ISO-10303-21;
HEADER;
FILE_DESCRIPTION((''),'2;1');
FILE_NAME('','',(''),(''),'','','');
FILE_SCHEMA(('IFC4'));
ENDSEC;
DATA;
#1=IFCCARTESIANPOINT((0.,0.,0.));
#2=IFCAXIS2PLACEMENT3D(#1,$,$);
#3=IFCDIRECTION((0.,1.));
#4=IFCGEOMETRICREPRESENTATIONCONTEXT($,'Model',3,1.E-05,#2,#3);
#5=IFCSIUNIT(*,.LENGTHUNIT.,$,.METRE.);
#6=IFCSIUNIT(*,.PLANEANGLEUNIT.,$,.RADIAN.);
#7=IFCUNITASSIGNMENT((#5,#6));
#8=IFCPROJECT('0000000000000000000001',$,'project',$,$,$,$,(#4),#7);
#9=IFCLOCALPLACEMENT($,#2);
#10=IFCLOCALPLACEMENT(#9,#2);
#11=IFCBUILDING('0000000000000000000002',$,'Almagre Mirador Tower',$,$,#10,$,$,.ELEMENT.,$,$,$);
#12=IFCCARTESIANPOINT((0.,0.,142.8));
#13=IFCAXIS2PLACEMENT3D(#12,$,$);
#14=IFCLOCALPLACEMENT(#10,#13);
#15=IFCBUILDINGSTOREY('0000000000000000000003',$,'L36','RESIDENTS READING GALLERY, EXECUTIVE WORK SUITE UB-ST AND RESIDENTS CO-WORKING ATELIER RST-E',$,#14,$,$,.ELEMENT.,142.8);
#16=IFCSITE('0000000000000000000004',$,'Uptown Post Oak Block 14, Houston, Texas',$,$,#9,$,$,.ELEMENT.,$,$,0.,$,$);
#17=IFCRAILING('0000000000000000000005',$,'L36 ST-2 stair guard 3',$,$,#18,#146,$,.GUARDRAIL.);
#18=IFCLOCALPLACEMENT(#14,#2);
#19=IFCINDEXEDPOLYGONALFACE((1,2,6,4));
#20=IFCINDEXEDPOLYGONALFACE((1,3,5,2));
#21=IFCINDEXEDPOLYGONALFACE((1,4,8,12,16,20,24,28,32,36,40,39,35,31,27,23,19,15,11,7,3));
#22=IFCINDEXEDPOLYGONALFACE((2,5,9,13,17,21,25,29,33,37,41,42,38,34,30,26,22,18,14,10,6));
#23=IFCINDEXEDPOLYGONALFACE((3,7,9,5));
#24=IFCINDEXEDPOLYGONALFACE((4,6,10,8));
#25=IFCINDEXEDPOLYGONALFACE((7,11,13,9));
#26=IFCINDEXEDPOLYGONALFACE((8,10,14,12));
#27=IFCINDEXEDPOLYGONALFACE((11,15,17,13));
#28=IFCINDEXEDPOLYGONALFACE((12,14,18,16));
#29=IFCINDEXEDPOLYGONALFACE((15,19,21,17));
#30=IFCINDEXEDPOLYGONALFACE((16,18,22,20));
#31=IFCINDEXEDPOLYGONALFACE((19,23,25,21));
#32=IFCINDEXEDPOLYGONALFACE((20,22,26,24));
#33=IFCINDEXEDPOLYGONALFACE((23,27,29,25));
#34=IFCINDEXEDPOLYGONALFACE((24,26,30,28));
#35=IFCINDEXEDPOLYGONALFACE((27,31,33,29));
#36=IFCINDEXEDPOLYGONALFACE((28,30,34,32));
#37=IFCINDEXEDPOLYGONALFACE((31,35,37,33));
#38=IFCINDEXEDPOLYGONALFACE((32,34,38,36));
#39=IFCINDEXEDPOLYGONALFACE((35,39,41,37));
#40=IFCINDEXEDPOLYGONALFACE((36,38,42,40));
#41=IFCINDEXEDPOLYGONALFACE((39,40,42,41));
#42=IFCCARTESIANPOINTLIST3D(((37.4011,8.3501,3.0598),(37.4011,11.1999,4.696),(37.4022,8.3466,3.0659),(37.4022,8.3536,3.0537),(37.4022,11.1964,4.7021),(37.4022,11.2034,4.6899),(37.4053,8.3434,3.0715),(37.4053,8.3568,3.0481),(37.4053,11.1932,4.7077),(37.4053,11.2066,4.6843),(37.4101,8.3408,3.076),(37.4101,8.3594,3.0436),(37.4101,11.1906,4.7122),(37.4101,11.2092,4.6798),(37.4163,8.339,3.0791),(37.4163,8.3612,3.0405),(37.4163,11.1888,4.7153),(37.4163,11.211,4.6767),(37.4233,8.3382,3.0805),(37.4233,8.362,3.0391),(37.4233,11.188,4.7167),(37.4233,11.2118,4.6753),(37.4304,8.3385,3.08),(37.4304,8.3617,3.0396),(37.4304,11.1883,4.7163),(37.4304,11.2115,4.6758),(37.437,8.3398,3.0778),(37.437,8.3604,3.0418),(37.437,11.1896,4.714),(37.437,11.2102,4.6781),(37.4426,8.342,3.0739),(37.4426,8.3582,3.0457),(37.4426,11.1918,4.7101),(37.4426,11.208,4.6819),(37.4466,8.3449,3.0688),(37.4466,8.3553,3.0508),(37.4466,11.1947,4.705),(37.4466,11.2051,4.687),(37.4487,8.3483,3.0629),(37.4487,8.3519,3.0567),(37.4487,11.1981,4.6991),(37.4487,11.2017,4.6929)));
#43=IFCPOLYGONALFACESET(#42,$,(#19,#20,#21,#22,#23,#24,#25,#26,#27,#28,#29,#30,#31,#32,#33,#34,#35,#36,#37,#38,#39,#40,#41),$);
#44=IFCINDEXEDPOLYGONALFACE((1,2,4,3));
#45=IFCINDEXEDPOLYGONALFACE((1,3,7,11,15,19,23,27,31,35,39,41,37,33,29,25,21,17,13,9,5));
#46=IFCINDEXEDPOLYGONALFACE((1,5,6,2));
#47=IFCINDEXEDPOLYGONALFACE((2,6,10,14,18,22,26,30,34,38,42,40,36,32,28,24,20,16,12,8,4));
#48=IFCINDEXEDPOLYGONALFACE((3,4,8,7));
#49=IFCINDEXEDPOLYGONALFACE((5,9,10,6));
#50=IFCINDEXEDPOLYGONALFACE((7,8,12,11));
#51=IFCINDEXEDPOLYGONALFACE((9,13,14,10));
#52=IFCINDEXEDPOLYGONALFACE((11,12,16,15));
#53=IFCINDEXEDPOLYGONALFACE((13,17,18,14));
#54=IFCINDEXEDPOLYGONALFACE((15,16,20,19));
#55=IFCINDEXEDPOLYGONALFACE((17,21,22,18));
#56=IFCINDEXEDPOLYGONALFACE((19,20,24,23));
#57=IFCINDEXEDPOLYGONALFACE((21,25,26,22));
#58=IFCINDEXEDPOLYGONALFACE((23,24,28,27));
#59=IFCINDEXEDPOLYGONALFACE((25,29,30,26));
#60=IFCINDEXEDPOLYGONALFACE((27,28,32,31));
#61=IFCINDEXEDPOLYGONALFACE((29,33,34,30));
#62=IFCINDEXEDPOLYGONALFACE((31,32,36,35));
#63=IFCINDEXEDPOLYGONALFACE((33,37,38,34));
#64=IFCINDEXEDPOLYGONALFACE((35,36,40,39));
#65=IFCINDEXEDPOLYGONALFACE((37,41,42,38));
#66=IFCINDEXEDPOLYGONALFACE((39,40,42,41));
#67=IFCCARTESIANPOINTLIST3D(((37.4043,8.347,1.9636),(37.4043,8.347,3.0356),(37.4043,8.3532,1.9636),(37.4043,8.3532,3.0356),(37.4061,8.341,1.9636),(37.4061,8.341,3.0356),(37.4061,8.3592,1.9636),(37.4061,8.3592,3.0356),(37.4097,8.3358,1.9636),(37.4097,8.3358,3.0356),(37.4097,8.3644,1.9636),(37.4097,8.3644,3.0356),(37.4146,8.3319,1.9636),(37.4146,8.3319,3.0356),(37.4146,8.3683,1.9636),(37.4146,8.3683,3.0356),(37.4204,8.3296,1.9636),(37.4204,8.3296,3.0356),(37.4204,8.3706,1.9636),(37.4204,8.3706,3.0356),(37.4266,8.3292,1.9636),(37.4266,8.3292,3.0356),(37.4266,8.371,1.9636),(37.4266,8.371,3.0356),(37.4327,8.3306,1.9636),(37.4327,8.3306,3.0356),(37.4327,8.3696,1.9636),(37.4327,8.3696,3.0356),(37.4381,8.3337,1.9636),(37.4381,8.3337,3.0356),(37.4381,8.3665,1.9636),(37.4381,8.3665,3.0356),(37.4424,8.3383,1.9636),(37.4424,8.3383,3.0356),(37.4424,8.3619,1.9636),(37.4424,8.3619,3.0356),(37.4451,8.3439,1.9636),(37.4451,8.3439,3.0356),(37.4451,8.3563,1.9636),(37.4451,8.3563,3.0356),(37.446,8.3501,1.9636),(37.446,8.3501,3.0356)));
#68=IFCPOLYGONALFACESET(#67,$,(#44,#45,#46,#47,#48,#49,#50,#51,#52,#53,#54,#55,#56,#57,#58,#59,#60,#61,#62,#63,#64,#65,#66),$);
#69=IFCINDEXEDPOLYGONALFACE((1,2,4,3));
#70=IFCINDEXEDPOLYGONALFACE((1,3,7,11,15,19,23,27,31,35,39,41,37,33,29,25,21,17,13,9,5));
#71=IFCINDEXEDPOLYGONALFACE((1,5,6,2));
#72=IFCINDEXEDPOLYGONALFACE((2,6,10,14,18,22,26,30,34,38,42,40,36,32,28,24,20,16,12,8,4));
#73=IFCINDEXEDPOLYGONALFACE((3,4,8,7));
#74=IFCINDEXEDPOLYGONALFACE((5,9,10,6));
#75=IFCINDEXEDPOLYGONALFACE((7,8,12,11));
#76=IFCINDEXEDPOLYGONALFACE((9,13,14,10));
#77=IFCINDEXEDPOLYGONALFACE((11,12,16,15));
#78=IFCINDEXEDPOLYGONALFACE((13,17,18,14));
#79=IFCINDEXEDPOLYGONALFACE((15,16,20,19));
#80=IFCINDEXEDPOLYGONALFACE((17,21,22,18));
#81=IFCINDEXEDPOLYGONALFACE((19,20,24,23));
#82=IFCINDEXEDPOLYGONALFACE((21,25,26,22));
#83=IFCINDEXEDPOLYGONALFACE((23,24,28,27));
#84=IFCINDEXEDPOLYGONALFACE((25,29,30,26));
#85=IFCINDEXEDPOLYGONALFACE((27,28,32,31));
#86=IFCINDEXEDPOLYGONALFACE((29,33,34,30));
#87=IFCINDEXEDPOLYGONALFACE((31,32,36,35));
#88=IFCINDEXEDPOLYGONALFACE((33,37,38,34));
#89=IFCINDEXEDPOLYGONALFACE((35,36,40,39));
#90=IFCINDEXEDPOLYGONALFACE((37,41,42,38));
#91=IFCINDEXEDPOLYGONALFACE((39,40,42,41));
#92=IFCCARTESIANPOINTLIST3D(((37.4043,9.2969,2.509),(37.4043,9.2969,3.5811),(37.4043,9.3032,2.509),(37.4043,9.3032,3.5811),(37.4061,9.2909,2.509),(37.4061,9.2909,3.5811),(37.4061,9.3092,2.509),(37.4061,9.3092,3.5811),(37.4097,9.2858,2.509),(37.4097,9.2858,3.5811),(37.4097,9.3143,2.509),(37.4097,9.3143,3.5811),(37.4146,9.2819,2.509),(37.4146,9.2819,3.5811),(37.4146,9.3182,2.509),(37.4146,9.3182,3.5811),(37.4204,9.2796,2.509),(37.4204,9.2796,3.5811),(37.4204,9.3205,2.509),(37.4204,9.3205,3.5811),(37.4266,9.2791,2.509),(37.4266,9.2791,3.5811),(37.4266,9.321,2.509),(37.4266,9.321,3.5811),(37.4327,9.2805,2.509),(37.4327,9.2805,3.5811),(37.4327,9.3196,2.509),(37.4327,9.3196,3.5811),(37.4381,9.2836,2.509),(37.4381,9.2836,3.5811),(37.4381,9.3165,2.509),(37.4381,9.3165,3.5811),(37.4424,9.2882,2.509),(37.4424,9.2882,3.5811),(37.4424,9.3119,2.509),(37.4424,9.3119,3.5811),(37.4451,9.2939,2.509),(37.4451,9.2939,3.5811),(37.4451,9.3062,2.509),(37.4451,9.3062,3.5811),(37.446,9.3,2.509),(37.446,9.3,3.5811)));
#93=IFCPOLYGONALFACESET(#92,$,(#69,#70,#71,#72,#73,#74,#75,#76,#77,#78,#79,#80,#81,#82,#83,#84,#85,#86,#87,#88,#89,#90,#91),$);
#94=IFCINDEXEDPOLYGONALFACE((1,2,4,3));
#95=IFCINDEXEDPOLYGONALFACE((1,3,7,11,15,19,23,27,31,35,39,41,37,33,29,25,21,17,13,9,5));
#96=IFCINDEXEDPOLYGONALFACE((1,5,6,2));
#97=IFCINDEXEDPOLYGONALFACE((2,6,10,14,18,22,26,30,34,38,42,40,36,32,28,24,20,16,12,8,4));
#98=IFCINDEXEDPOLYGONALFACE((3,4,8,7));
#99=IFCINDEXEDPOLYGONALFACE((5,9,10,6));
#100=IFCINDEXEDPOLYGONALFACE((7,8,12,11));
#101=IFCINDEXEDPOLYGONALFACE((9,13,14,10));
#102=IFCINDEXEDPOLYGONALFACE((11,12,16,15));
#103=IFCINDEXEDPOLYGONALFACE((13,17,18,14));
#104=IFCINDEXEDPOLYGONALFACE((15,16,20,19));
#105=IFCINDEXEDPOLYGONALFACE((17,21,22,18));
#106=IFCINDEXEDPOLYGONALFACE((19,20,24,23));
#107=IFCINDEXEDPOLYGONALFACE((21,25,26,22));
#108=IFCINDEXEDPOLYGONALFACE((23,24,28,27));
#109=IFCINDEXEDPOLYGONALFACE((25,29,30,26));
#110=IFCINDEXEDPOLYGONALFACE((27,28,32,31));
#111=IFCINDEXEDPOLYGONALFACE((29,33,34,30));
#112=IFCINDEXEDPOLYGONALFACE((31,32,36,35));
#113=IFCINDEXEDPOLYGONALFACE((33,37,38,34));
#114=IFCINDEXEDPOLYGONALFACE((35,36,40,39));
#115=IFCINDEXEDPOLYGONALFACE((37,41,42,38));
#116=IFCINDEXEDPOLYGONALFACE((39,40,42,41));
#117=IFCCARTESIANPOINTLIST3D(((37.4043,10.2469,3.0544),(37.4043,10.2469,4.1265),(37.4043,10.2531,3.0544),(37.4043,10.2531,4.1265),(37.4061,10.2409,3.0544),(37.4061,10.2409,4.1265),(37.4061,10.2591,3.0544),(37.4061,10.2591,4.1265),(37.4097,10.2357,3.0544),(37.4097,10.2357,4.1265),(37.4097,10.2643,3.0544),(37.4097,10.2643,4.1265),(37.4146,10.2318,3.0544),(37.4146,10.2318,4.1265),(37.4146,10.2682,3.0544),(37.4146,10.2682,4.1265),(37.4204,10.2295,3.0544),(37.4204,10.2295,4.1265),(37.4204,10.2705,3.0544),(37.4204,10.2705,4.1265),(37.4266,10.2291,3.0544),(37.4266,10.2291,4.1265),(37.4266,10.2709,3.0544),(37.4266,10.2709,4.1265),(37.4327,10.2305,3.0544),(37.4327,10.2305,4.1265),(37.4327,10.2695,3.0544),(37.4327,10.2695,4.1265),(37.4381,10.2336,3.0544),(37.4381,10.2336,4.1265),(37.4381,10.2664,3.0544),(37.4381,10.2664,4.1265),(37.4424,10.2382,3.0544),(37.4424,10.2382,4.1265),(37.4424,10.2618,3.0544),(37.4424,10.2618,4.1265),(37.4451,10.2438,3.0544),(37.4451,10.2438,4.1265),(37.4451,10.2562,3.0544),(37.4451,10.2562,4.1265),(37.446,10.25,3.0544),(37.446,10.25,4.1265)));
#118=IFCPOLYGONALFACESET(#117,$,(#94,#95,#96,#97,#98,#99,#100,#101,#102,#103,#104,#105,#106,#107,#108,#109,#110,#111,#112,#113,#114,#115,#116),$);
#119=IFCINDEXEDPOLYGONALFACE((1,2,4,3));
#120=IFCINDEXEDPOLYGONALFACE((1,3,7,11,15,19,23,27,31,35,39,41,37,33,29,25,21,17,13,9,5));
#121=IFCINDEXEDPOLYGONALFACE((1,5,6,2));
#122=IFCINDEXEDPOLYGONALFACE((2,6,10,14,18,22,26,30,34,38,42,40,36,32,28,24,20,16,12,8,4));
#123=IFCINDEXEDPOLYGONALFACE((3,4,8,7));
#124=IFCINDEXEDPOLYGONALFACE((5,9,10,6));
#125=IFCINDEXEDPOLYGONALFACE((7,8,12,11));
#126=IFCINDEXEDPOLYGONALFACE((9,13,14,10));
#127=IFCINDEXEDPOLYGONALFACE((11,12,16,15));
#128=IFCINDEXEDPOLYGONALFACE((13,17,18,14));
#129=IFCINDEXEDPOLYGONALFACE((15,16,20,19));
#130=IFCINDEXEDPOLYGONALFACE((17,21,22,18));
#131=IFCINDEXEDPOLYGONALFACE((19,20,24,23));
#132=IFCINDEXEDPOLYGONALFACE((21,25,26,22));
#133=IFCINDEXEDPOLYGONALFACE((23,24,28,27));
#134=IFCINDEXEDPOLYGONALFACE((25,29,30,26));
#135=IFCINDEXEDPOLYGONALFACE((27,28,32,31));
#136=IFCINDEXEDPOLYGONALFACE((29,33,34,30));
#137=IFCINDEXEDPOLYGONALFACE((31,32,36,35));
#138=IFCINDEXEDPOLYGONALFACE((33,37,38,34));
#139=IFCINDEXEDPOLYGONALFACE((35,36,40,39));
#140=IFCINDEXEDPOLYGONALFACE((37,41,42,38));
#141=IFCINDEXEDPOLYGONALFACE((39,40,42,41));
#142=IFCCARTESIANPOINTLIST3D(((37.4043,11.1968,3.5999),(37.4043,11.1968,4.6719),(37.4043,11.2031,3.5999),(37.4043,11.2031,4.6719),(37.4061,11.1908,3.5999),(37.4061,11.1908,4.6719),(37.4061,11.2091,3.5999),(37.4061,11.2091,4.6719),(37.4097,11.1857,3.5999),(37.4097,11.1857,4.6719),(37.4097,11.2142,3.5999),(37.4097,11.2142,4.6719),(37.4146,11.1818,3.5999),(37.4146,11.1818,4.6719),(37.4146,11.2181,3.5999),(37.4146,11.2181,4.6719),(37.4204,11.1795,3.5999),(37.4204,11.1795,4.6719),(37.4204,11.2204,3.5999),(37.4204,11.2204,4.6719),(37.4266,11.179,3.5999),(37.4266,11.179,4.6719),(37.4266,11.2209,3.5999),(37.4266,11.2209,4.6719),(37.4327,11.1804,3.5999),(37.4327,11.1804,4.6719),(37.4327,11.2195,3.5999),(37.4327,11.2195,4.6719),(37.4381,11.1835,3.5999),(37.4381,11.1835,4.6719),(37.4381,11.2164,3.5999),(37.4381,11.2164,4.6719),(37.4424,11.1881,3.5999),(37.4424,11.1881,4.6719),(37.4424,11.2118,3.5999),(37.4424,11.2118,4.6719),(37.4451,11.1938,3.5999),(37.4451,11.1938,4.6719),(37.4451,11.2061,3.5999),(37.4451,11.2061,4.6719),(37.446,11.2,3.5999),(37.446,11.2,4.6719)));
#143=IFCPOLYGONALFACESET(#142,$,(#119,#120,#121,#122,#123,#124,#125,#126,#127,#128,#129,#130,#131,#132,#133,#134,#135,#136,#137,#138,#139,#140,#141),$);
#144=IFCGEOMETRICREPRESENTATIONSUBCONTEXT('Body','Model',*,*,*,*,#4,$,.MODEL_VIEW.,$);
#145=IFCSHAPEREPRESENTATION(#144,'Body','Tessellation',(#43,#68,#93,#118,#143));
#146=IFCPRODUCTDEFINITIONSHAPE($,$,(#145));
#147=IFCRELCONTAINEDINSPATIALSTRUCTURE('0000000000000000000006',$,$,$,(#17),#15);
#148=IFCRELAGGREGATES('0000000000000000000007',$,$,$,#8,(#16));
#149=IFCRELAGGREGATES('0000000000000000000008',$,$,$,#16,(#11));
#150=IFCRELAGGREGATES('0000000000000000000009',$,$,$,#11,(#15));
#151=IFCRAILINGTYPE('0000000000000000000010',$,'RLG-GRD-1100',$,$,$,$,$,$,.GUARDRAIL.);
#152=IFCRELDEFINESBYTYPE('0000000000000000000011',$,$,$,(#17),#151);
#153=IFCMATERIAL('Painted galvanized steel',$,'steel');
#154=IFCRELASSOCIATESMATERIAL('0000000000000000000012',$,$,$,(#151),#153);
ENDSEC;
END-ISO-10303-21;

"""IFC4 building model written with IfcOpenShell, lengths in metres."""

from ifc_helpers import new_model, si_unit, direction, frame, origin, origin_2d, place, context, subcontext, project, spatial, circle, extrude, material, type_object, element, save


model = new_model("IFC4")

# Units and contexts
model_context = context("Model", 3, precision=1e-05, world=origin(), true_north=direction((0.0, 1.0)))
body_context = subcontext(model_context, "Body", "Model", "MODEL_VIEW")
ifc_project = project(units=[si_unit("LENGTHUNIT", "METRE"), si_unit("PLANEANGLEUNIT", "RADIAN")], contexts=[model_context])

# Site, building, storey
site_placement = place(None, origin())
site = spatial("IfcSite", under=ifc_project, at=site_placement, Name="Uptown Post Oak Block 14, Houston, Texas", CompositionType="ELEMENT", RefElevation=0.0)
building_placement = place(site_placement, origin())
building = spatial("IfcBuilding", under=site, at=building_placement, Name="Almagre Mirador Tower", CompositionType="ELEMENT")
storey_placement = place(building_placement, frame((0.0, 0.0, 142.8)))
storey = spatial("IfcBuildingStorey", under=building, at=storey_placement, Name="L36", Description="RESIDENTS READING GALLERY, EXECUTIVE WORK SUITE UB-ST AND RESIDENTS CO-WORKING ATELIER RST-E", CompositionType="ELEMENT", Elevation=142.8)

# Railing
ifc_material_1 = material(Name="Painted galvanized steel", Category="steel")
railing_type_1 = type_object("IfcRailingType", Name="RLG-GRD-1100", PredefinedType="GUARDRAIL", material=ifc_material_1)
railing_1_placement = place(storey_placement, frame((37.425, 8.3501, 1.9636)))
element("IfcRailing", 1, at=railing_1_placement, inside=storey, type_object=railing_type_1, Name="L36 ST-2 stair guard 3", PredefinedType="GUARDRAIL", context=body_context, shape_type="SweptSolid", body=[
    extrude(circle(Radius=0.0239, at=origin_2d()), frame((0.0, 0.0, 1.0962), z_axis=(0.0, 0.867226, 0.497914), x_axis=(-1.0, 0.0, 0.0)), (0.0, 0.0, 1.0), 3.2861),
    extrude(circle(Radius=0.021, at=origin_2d()), origin(), (0.0, 0.0, 1.0), 1.072),
    extrude(circle(Radius=0.021, at=origin_2d()), frame((0.0, 0.95, 0.5454)), (0.0, 0.0, 1.0), 1.072),
    extrude(circle(Radius=0.021, at=origin_2d()), frame((0.0, 1.8999, 1.0908)), (0.0, 0.0, 1.0), 1.072),
    extrude(circle(Radius=0.021, at=origin_2d()), frame((0.0, 2.8499, 1.6362)), (0.0, 0.0, 1.0), 1.072),
])

save(model, "model.ifc")
